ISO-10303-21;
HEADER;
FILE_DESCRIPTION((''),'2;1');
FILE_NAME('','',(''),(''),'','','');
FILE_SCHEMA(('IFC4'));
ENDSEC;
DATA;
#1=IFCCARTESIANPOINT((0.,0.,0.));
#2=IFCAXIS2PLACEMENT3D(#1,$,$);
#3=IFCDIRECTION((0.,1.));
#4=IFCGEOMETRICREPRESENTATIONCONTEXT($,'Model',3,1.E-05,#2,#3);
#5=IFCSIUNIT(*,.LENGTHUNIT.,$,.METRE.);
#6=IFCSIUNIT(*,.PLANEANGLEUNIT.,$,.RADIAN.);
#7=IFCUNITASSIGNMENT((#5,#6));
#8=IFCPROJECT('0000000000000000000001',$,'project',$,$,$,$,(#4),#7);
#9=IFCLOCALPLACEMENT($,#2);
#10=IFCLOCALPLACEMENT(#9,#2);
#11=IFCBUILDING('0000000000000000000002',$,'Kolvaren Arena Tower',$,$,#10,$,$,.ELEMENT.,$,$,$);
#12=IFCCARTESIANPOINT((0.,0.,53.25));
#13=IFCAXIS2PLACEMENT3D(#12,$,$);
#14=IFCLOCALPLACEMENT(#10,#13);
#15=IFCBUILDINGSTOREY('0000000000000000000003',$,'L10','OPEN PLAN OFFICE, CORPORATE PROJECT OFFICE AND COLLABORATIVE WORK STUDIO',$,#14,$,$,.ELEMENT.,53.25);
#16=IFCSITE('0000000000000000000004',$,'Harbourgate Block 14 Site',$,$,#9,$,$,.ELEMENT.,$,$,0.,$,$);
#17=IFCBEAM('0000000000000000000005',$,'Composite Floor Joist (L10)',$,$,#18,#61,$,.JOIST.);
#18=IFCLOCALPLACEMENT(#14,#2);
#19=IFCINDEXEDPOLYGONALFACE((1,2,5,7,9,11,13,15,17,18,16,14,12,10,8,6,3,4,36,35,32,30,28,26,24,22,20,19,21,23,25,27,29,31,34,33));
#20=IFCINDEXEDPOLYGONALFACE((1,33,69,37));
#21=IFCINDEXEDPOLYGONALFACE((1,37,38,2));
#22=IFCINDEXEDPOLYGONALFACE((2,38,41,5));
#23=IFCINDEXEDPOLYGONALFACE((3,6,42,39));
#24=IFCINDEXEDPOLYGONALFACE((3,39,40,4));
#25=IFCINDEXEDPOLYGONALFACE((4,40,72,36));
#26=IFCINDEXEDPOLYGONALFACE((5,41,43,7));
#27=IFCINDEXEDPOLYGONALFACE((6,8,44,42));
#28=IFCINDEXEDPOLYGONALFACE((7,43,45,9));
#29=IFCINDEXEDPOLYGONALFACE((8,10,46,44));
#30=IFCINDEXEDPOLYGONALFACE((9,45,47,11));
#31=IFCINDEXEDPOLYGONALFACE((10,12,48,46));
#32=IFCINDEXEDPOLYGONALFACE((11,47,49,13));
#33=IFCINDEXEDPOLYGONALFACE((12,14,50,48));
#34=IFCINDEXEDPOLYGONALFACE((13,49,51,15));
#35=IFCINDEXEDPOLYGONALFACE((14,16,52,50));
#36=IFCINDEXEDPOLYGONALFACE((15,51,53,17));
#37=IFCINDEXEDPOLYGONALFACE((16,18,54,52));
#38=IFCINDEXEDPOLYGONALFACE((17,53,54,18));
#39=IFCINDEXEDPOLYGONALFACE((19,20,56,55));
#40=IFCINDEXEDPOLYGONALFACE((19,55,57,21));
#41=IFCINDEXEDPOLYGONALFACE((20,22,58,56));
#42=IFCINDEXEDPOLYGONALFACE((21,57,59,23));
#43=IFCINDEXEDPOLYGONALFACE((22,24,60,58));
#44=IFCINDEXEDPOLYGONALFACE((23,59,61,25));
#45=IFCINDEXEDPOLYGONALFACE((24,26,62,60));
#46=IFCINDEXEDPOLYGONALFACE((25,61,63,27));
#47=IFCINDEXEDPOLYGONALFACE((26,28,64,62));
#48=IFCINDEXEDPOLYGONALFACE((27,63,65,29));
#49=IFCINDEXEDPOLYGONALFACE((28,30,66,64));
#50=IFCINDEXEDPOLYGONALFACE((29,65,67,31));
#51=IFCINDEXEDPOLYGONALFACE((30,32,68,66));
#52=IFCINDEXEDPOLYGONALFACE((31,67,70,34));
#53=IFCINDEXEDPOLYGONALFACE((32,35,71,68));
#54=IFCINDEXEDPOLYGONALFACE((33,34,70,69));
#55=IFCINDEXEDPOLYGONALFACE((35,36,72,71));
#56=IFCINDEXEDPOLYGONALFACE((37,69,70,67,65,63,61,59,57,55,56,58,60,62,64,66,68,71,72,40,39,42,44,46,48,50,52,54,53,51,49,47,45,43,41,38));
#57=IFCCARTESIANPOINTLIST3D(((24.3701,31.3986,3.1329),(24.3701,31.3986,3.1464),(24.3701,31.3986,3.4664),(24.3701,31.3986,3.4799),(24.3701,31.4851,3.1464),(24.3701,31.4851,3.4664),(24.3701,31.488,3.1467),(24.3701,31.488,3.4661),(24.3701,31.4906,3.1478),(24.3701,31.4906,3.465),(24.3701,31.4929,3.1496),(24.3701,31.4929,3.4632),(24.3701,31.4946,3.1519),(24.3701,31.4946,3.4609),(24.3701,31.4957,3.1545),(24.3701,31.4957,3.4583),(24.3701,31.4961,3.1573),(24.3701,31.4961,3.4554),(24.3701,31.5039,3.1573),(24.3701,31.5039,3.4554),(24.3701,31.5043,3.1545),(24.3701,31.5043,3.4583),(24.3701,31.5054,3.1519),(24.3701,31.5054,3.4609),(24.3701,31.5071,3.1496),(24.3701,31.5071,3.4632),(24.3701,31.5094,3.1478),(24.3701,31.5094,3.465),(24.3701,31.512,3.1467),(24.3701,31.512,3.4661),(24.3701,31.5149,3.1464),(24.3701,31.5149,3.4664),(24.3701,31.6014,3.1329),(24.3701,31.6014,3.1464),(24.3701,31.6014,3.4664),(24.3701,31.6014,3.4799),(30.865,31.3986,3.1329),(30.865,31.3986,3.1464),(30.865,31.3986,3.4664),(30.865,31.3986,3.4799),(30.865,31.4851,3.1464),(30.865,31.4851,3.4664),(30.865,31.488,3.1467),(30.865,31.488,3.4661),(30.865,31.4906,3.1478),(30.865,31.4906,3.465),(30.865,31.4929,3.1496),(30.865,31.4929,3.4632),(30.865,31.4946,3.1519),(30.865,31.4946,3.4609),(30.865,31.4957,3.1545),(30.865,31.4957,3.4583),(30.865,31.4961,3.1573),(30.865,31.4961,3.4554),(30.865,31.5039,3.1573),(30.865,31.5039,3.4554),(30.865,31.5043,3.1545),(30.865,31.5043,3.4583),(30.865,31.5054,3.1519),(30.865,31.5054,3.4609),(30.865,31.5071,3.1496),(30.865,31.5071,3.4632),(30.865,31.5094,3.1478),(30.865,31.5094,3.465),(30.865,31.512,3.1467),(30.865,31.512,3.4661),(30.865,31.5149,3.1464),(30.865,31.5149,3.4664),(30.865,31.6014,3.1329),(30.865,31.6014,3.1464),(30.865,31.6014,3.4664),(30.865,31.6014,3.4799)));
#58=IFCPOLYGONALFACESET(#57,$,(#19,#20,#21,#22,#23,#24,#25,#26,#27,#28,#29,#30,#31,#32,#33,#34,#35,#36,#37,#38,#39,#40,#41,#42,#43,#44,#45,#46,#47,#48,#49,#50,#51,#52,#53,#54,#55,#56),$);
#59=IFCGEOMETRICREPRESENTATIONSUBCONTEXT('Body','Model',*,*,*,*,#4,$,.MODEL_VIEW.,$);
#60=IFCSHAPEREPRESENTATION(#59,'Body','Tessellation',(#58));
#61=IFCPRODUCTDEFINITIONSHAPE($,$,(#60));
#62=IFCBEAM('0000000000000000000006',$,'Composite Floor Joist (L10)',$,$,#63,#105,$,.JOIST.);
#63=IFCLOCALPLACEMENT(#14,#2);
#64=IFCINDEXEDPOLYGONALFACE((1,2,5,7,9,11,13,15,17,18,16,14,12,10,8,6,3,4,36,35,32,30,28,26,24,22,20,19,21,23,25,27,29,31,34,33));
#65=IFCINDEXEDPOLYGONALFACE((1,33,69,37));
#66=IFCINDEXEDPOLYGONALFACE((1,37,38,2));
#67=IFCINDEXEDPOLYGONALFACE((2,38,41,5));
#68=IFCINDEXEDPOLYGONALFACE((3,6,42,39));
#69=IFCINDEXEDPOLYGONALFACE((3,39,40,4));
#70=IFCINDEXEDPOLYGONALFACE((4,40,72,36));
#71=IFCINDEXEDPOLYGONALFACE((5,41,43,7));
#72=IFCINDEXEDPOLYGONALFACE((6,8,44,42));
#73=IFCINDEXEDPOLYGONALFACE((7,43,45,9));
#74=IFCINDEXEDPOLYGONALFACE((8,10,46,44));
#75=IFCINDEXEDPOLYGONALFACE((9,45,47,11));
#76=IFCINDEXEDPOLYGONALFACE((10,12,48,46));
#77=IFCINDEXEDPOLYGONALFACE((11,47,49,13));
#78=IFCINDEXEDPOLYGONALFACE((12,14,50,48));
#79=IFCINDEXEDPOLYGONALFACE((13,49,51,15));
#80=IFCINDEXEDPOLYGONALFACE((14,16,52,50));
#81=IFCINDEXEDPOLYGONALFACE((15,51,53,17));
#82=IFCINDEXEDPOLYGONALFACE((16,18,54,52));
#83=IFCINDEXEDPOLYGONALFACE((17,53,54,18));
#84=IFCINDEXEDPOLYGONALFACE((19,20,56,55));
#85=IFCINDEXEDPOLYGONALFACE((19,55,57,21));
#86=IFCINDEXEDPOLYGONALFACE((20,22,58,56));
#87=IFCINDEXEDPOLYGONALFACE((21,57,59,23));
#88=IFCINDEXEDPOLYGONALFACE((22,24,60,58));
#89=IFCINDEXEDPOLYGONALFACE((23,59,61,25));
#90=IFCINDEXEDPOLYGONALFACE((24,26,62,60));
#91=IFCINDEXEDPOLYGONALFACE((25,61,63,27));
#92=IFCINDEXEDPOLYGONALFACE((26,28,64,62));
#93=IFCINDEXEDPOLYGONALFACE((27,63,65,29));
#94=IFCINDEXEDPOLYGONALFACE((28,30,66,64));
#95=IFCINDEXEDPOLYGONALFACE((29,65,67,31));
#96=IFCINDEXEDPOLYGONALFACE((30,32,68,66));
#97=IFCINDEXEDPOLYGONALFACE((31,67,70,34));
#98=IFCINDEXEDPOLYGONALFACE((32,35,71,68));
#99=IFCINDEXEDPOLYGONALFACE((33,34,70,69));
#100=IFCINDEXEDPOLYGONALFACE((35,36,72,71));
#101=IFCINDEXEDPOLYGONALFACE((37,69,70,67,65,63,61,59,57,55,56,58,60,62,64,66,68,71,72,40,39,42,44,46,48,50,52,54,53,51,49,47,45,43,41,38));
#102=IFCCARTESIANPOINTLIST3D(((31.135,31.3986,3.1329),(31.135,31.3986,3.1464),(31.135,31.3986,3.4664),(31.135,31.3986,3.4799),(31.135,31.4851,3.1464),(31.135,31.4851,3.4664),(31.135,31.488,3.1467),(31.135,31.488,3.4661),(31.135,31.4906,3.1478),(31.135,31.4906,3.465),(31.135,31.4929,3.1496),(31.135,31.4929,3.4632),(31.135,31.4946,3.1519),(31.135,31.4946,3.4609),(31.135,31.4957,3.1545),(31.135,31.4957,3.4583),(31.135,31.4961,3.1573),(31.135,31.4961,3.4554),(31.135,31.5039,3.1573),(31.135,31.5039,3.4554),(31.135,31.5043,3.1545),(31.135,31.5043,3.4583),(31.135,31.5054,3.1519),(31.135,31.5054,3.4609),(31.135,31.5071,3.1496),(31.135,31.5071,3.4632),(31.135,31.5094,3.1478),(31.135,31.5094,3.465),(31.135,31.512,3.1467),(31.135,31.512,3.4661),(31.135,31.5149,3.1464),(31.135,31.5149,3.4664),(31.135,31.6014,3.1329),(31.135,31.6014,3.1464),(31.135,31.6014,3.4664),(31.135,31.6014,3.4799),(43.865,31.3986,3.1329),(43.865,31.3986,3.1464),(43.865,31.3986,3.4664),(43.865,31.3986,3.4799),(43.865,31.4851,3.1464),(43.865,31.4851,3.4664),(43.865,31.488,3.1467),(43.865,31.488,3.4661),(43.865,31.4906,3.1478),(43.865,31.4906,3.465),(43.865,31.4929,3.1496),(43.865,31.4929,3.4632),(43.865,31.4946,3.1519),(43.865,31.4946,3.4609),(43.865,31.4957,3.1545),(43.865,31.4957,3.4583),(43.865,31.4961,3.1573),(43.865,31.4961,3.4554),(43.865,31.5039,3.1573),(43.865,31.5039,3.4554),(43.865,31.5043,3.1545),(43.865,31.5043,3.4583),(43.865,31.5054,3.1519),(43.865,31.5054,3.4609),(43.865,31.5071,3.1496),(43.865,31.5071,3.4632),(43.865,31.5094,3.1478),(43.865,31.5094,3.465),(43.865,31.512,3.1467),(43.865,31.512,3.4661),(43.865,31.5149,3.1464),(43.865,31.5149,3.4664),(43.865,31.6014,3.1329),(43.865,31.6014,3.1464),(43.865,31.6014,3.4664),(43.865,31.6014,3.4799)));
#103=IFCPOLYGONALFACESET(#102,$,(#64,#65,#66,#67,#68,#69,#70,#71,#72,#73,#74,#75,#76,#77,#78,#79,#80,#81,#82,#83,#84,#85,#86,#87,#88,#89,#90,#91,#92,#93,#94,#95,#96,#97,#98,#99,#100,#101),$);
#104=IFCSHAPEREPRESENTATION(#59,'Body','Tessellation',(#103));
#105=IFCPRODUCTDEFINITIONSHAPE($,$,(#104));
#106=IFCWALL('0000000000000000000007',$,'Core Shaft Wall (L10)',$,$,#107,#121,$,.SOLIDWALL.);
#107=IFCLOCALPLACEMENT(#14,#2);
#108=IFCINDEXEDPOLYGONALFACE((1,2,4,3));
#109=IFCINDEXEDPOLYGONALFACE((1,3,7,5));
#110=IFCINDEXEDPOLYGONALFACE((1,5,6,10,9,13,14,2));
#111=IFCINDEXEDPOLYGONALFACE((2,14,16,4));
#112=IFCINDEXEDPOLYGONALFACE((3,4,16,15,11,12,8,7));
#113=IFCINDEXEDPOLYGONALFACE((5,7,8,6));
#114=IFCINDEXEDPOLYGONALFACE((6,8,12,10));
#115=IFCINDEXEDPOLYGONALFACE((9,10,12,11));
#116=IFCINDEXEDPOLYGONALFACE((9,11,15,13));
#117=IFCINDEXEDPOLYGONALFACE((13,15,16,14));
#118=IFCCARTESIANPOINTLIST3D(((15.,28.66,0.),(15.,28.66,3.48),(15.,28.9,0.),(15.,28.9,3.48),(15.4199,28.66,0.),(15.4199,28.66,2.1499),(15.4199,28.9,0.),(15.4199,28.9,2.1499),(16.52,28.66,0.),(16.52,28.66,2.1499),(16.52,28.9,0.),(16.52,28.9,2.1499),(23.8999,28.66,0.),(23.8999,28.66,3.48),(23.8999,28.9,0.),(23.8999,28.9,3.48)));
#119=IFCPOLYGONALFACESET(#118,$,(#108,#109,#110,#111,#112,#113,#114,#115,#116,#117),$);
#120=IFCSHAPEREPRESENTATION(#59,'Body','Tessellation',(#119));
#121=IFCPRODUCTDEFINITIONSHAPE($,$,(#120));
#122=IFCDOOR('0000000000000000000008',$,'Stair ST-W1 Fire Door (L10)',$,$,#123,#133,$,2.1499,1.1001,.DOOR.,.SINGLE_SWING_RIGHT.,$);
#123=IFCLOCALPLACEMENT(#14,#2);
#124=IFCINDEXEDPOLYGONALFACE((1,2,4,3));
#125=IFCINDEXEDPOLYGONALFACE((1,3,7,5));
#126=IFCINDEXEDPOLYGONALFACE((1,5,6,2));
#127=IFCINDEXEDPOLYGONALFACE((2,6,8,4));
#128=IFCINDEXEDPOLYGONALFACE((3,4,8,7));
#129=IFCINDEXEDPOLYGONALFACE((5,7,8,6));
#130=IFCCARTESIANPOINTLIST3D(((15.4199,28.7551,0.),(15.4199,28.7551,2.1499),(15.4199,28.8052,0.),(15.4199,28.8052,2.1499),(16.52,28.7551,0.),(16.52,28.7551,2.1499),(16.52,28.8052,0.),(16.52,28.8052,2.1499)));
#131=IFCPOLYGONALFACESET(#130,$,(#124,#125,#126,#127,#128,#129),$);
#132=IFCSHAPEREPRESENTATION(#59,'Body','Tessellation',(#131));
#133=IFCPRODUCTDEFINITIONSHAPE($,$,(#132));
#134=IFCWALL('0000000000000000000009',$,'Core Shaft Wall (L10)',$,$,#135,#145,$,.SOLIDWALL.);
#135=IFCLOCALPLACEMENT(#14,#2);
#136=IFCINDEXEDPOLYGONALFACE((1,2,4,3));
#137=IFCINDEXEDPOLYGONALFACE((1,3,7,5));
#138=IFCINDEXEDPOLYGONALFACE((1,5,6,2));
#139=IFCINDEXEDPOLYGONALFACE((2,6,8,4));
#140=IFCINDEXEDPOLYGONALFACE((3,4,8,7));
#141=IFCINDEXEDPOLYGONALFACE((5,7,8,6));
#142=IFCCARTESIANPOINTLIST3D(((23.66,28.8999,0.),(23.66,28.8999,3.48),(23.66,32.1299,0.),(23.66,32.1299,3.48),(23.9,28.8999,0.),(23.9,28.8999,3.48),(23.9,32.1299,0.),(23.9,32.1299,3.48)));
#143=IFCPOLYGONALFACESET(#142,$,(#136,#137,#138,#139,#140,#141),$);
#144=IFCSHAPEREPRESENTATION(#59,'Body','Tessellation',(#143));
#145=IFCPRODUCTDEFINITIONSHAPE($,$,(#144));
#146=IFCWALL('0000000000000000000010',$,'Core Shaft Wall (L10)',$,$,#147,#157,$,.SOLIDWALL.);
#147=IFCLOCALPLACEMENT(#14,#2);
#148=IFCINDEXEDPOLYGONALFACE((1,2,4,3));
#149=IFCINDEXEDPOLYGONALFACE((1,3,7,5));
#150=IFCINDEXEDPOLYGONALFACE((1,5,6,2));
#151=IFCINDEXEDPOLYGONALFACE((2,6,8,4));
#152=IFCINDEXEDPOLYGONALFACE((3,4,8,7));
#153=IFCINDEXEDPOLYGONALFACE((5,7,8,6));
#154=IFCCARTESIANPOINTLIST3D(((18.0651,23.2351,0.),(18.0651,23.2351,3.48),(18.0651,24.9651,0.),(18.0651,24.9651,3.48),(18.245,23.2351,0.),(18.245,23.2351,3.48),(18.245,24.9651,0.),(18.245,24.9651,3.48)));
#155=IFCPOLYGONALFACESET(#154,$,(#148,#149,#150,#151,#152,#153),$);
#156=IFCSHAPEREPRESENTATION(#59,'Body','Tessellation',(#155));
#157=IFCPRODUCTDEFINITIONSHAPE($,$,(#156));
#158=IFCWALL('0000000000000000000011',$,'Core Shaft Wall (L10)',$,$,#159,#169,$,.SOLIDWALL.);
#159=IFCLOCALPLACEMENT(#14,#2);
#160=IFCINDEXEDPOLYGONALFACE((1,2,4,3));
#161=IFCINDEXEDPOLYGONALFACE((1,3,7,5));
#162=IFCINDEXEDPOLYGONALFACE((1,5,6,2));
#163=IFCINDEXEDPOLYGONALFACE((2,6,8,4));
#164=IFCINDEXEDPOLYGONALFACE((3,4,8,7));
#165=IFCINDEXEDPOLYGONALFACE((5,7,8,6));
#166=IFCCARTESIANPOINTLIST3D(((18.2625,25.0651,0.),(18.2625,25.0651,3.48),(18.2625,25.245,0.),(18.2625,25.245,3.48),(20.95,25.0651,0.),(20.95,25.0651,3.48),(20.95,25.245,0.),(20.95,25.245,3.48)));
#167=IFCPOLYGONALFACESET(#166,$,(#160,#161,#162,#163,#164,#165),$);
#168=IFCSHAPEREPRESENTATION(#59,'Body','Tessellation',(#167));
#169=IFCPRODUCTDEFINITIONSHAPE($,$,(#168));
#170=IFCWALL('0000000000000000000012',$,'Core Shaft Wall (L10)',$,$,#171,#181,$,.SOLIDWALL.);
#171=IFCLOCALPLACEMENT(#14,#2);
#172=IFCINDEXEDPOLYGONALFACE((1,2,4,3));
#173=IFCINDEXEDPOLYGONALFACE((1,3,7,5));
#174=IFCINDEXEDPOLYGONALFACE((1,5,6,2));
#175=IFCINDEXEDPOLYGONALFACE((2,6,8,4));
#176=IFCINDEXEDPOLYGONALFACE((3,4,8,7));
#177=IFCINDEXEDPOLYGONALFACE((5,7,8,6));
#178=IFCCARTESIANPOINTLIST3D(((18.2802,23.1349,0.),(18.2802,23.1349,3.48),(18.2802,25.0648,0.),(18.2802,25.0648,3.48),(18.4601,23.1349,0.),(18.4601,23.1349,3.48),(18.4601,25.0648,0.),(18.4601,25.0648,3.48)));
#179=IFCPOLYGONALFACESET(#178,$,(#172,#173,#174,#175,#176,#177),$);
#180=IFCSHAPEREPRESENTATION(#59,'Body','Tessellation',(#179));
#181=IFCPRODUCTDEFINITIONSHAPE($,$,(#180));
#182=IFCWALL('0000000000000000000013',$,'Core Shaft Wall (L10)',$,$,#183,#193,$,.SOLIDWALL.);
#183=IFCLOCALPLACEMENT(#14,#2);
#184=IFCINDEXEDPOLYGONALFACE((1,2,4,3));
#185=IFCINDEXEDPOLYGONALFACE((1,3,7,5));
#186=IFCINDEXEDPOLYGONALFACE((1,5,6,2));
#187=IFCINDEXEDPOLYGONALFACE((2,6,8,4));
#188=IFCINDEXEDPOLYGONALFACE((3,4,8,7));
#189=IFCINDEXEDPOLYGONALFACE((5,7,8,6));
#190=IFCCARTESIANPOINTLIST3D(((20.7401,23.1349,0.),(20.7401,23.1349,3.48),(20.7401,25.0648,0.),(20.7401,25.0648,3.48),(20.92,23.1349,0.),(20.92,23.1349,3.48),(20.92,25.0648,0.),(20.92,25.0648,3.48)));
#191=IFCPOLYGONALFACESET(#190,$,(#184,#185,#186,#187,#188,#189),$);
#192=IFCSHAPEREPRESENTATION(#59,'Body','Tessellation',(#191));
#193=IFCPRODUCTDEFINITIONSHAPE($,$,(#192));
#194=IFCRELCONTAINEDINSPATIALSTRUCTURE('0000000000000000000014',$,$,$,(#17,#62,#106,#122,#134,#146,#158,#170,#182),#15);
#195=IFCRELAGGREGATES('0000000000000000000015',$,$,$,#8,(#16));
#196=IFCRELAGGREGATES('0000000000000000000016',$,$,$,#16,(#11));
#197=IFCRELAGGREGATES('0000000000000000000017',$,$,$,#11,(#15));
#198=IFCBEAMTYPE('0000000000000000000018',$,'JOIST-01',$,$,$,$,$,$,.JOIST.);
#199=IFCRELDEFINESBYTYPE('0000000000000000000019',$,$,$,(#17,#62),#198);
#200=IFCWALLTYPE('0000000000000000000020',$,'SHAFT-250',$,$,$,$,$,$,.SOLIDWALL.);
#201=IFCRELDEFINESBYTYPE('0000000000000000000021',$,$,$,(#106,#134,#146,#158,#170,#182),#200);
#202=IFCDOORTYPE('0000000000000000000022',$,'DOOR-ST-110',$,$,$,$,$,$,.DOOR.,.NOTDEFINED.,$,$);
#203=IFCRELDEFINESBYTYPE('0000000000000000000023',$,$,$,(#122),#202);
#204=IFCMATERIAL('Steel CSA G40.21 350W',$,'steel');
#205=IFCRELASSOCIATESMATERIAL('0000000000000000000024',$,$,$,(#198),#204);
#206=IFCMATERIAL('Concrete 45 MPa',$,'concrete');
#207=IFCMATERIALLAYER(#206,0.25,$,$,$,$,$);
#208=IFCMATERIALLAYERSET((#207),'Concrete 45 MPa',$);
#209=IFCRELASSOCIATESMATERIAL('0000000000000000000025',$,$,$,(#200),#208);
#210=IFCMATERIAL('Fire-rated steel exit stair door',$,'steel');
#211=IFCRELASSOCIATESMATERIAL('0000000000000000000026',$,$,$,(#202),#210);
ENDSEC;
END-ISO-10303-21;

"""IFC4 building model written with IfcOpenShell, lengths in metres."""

from ifc_helpers import new_model, si_unit, direction, frame, frame_2d, origin, origin_2d, place, context, subcontext, project, spatial, rectangle, i_section, extrude, material, layer, layer_set, material_profile, profile_set, type_object, element, fill, save


model = new_model("IFC4")

# Units and contexts
model_context = context("Model", 3, precision=1e-05, world=origin(), true_north=direction((0.0, 1.0)))
body_context = subcontext(model_context, "Body", "Model", "MODEL_VIEW")
ifc_project = project(units=[si_unit("LENGTHUNIT", "METRE"), si_unit("PLANEANGLEUNIT", "RADIAN")], contexts=[model_context])

# Site, building, storey
site_placement = place(None, origin())
site = spatial("IfcSite", under=ifc_project, at=site_placement, Name="Harbourgate Block 14 Site", CompositionType="ELEMENT", RefElevation=0.0)
building_placement = place(site_placement, origin())
building = spatial("IfcBuilding", under=site, at=building_placement, Name="Kolvaren Arena Tower", CompositionType="ELEMENT")
storey_placement = place(building_placement, frame((0.0, 0.0, 53.25)))
storey = spatial("IfcBuildingStorey", under=building, at=storey_placement, Name="L10", Description="OPEN PLAN OFFICE, CORPORATE PROJECT OFFICE AND COLLABORATIVE WORK STUDIO", CompositionType="ELEMENT", Elevation=53.25)

# Beams
ifc_material_1 = material(Name="Steel CSA G40.21 350W", Category="steel")
ifc_material_profile_1 = material_profile(ifc_material_1, i_section(OverallWidth=0.2029, OverallDepth=0.3469, WebThickness=0.0078, FlangeThickness=0.0134, FilletRadius=0.011, at=origin_2d()), Name="W360x64")
ifc_profile_set_1 = profile_set([ifc_material_profile_1], Name="Steel CSA G40.21 350W")
beam_type_1 = type_object("IfcBeamType", Name="JOIST-01", PredefinedType="JOIST", material=ifc_profile_set_1)
for number, where, z_axis, x_axis, name in (
    (1, (24.3701, 31.5, 3.3064), (1.0, 0.0, 0.0), (0.0, 1.0, 0.0), "Composite Floor Joist (L10)"),
):
    element("IfcBeam", number, at=place(storey_placement, frame(where, z_axis=z_axis, x_axis=x_axis)), inside=storey, type_object=beam_type_1, Name=name, PredefinedType="JOIST", context=body_context, shape_type="SweptSolid", body=[
        extrude(i_section(OverallWidth=0.2029, OverallDepth=0.3469, WebThickness=0.0078, FlangeThickness=0.0134, FilletRadius=0.011, at=origin_2d()), origin(), (0.0, 0.0, 1.0), 6.4949),
    ])
beam_1_placement = place(storey_placement, frame((31.135, 31.5, 3.3064), z_axis=(1.0, 0.0, 0.0), x_axis=(0.0, 1.0, 0.0)))
element("IfcBeam", 2, at=beam_1_placement, inside=storey, type_object=beam_type_1, Name="Composite Floor Joist (L10)", PredefinedType="JOIST", context=body_context, shape_type="SweptSolid", body=[
    extrude(i_section(OverallWidth=0.2029, OverallDepth=0.3469, WebThickness=0.0078, FlangeThickness=0.0134, FilletRadius=0.011, at=origin_2d()), origin(), (0.0, 0.0, 1.0), 12.73),
])

# Wall, opening, door
ifc_material_2 = material(Name="Concrete 45 MPa", Category="concrete")
ifc_layer = layer(ifc_material_2, 0.25)
ifc_layer_set = layer_set([ifc_layer], Name="Concrete 45 MPa")
wall_type = type_object("IfcWallType", Name="SHAFT-250", PredefinedType="SOLIDWALL", material=ifc_layer_set)
wall_1_placement = place(storey_placement, frame((23.8999, 28.78, 0.0), z_axis=(0.0, 0.0, 1.0), x_axis=(-1.0, 0.0, 0.0)))
wall_1 = element("IfcWall", 3, at=wall_1_placement, inside=storey, type_object=wall_type, Name="Core Shaft Wall (L10)", PredefinedType="SOLIDWALL", context=body_context, shape_type="SweptSolid", body=[
    extrude(rectangle(XDim=8.8999, YDim=0.24, at=frame_2d((4.45, 0.0))), origin(), (0.0, 0.0, 1.0), 3.48),
])
opening_placement = place(wall_1_placement, frame((7.3799, 0.0, 0.0)))
opening = element("IfcOpeningElement", 4, at=opening_placement, cuts=wall_1, PredefinedType="OPENING", context=body_context, shape_type="SweptSolid", body=[
    extrude(rectangle(XDim=1.1001, YDim=2.1499, at=frame_2d((0.55, 1.075))), frame((0.0, 0.1299, 0.0), z_axis=(0.0, -1.0, 0.0), x_axis=(1.0, 0.0, 0.0)), (0.0, 0.0, 1.0), 0.26),
])
ifc_material_3 = material(Name="Fire-rated steel exit stair door", Category="steel")
door_type = type_object("IfcDoorType", Name="DOOR-ST-110", OperationType="NOTDEFINED", PredefinedType="DOOR", material=ifc_material_3)
door_placement = place(opening_placement, origin())
door = element("IfcDoor", 5, at=door_placement, inside=storey, type_object=door_type, Name="Stair ST-W1 Fire Door (L10)", OperationType="SINGLE_SWING_RIGHT", OverallHeight=2.1499, OverallWidth=1.1001, PredefinedType="DOOR", context=body_context, shape_type="SweptSolid", body=[
    extrude(rectangle(XDim=1.1001, YDim=2.1499, at=frame_2d((0.55, 1.075))), frame((0.0, 0.0249, 0.0), z_axis=(0.0, -1.0, 0.0), x_axis=(1.0, 0.0, 0.0)), (0.0, 0.0, 1.0), 0.05),
])
fill(opening, door)

# Walls
wall_2_placement = place(storey_placement, frame((23.78, 28.8999, 0.0), z_axis=(0.0, 0.0, 1.0), x_axis=(0.0, 1.0, 0.0)))
element("IfcWall", 6, at=wall_2_placement, inside=storey, type_object=wall_type, Name="Core Shaft Wall (L10)", PredefinedType="SOLIDWALL", context=body_context, shape_type="SweptSolid", body=[
    extrude(rectangle(XDim=3.23, YDim=0.24, at=frame_2d((1.615, 0.0))), origin(), (0.0, 0.0, 1.0), 3.48),
])
wall_3_placement = place(storey_placement, frame((18.155, 23.2351, 0.0), z_axis=(0.0, 0.0, 1.0), x_axis=(0.0, 1.0, 0.0)))
element("IfcWall", 7, at=wall_3_placement, inside=storey, type_object=wall_type, Name="Core Shaft Wall (L10)", PredefinedType="SOLIDWALL", context=body_context, shape_type="SweptSolid", body=[
    extrude(rectangle(XDim=1.73, YDim=0.1799, at=frame_2d((0.865, 0.0))), origin(), (0.0, 0.0, 1.0), 3.48),
])
wall_4_placement = place(storey_placement, frame((18.2625, 25.155, 0.0), z_axis=(0.0, 0.0, 1.0), x_axis=(1.0, 0.0, 0.0)))
element("IfcWall", 8, at=wall_4_placement, inside=storey, type_object=wall_type, Name="Core Shaft Wall (L10)", PredefinedType="SOLIDWALL", context=body_context, shape_type="SweptSolid", body=[
    extrude(rectangle(XDim=2.6875, YDim=0.1799, at=frame_2d((1.3438, 0.0))), origin(), (0.0, 0.0, 1.0), 3.48),
])
for number, where, z_axis, x_axis, name in (
    (9, (18.3701, 23.135, 0.0), (0.0, 0.0, 1.0), (0.0, 1.0, 0.0), "Core Shaft Wall (L10)"),
    (10, (20.8301, 23.135, 0.0), (0.0, 0.0, 1.0), (0.0, 1.0, 0.0), "Core Shaft Wall (L10)"),
):
    element("IfcWall", number, at=place(storey_placement, frame(where, z_axis=z_axis, x_axis=x_axis)), inside=storey, type_object=wall_type, Name=name, PredefinedType="SOLIDWALL", context=body_context, shape_type="SweptSolid", body=[
        extrude(rectangle(XDim=1.9299, YDim=0.1799, at=frame_2d((0.9648, 0.0))), origin(), (0.0, 0.0, 1.0), 3.48),
    ])

save(model, "model.ifc")
